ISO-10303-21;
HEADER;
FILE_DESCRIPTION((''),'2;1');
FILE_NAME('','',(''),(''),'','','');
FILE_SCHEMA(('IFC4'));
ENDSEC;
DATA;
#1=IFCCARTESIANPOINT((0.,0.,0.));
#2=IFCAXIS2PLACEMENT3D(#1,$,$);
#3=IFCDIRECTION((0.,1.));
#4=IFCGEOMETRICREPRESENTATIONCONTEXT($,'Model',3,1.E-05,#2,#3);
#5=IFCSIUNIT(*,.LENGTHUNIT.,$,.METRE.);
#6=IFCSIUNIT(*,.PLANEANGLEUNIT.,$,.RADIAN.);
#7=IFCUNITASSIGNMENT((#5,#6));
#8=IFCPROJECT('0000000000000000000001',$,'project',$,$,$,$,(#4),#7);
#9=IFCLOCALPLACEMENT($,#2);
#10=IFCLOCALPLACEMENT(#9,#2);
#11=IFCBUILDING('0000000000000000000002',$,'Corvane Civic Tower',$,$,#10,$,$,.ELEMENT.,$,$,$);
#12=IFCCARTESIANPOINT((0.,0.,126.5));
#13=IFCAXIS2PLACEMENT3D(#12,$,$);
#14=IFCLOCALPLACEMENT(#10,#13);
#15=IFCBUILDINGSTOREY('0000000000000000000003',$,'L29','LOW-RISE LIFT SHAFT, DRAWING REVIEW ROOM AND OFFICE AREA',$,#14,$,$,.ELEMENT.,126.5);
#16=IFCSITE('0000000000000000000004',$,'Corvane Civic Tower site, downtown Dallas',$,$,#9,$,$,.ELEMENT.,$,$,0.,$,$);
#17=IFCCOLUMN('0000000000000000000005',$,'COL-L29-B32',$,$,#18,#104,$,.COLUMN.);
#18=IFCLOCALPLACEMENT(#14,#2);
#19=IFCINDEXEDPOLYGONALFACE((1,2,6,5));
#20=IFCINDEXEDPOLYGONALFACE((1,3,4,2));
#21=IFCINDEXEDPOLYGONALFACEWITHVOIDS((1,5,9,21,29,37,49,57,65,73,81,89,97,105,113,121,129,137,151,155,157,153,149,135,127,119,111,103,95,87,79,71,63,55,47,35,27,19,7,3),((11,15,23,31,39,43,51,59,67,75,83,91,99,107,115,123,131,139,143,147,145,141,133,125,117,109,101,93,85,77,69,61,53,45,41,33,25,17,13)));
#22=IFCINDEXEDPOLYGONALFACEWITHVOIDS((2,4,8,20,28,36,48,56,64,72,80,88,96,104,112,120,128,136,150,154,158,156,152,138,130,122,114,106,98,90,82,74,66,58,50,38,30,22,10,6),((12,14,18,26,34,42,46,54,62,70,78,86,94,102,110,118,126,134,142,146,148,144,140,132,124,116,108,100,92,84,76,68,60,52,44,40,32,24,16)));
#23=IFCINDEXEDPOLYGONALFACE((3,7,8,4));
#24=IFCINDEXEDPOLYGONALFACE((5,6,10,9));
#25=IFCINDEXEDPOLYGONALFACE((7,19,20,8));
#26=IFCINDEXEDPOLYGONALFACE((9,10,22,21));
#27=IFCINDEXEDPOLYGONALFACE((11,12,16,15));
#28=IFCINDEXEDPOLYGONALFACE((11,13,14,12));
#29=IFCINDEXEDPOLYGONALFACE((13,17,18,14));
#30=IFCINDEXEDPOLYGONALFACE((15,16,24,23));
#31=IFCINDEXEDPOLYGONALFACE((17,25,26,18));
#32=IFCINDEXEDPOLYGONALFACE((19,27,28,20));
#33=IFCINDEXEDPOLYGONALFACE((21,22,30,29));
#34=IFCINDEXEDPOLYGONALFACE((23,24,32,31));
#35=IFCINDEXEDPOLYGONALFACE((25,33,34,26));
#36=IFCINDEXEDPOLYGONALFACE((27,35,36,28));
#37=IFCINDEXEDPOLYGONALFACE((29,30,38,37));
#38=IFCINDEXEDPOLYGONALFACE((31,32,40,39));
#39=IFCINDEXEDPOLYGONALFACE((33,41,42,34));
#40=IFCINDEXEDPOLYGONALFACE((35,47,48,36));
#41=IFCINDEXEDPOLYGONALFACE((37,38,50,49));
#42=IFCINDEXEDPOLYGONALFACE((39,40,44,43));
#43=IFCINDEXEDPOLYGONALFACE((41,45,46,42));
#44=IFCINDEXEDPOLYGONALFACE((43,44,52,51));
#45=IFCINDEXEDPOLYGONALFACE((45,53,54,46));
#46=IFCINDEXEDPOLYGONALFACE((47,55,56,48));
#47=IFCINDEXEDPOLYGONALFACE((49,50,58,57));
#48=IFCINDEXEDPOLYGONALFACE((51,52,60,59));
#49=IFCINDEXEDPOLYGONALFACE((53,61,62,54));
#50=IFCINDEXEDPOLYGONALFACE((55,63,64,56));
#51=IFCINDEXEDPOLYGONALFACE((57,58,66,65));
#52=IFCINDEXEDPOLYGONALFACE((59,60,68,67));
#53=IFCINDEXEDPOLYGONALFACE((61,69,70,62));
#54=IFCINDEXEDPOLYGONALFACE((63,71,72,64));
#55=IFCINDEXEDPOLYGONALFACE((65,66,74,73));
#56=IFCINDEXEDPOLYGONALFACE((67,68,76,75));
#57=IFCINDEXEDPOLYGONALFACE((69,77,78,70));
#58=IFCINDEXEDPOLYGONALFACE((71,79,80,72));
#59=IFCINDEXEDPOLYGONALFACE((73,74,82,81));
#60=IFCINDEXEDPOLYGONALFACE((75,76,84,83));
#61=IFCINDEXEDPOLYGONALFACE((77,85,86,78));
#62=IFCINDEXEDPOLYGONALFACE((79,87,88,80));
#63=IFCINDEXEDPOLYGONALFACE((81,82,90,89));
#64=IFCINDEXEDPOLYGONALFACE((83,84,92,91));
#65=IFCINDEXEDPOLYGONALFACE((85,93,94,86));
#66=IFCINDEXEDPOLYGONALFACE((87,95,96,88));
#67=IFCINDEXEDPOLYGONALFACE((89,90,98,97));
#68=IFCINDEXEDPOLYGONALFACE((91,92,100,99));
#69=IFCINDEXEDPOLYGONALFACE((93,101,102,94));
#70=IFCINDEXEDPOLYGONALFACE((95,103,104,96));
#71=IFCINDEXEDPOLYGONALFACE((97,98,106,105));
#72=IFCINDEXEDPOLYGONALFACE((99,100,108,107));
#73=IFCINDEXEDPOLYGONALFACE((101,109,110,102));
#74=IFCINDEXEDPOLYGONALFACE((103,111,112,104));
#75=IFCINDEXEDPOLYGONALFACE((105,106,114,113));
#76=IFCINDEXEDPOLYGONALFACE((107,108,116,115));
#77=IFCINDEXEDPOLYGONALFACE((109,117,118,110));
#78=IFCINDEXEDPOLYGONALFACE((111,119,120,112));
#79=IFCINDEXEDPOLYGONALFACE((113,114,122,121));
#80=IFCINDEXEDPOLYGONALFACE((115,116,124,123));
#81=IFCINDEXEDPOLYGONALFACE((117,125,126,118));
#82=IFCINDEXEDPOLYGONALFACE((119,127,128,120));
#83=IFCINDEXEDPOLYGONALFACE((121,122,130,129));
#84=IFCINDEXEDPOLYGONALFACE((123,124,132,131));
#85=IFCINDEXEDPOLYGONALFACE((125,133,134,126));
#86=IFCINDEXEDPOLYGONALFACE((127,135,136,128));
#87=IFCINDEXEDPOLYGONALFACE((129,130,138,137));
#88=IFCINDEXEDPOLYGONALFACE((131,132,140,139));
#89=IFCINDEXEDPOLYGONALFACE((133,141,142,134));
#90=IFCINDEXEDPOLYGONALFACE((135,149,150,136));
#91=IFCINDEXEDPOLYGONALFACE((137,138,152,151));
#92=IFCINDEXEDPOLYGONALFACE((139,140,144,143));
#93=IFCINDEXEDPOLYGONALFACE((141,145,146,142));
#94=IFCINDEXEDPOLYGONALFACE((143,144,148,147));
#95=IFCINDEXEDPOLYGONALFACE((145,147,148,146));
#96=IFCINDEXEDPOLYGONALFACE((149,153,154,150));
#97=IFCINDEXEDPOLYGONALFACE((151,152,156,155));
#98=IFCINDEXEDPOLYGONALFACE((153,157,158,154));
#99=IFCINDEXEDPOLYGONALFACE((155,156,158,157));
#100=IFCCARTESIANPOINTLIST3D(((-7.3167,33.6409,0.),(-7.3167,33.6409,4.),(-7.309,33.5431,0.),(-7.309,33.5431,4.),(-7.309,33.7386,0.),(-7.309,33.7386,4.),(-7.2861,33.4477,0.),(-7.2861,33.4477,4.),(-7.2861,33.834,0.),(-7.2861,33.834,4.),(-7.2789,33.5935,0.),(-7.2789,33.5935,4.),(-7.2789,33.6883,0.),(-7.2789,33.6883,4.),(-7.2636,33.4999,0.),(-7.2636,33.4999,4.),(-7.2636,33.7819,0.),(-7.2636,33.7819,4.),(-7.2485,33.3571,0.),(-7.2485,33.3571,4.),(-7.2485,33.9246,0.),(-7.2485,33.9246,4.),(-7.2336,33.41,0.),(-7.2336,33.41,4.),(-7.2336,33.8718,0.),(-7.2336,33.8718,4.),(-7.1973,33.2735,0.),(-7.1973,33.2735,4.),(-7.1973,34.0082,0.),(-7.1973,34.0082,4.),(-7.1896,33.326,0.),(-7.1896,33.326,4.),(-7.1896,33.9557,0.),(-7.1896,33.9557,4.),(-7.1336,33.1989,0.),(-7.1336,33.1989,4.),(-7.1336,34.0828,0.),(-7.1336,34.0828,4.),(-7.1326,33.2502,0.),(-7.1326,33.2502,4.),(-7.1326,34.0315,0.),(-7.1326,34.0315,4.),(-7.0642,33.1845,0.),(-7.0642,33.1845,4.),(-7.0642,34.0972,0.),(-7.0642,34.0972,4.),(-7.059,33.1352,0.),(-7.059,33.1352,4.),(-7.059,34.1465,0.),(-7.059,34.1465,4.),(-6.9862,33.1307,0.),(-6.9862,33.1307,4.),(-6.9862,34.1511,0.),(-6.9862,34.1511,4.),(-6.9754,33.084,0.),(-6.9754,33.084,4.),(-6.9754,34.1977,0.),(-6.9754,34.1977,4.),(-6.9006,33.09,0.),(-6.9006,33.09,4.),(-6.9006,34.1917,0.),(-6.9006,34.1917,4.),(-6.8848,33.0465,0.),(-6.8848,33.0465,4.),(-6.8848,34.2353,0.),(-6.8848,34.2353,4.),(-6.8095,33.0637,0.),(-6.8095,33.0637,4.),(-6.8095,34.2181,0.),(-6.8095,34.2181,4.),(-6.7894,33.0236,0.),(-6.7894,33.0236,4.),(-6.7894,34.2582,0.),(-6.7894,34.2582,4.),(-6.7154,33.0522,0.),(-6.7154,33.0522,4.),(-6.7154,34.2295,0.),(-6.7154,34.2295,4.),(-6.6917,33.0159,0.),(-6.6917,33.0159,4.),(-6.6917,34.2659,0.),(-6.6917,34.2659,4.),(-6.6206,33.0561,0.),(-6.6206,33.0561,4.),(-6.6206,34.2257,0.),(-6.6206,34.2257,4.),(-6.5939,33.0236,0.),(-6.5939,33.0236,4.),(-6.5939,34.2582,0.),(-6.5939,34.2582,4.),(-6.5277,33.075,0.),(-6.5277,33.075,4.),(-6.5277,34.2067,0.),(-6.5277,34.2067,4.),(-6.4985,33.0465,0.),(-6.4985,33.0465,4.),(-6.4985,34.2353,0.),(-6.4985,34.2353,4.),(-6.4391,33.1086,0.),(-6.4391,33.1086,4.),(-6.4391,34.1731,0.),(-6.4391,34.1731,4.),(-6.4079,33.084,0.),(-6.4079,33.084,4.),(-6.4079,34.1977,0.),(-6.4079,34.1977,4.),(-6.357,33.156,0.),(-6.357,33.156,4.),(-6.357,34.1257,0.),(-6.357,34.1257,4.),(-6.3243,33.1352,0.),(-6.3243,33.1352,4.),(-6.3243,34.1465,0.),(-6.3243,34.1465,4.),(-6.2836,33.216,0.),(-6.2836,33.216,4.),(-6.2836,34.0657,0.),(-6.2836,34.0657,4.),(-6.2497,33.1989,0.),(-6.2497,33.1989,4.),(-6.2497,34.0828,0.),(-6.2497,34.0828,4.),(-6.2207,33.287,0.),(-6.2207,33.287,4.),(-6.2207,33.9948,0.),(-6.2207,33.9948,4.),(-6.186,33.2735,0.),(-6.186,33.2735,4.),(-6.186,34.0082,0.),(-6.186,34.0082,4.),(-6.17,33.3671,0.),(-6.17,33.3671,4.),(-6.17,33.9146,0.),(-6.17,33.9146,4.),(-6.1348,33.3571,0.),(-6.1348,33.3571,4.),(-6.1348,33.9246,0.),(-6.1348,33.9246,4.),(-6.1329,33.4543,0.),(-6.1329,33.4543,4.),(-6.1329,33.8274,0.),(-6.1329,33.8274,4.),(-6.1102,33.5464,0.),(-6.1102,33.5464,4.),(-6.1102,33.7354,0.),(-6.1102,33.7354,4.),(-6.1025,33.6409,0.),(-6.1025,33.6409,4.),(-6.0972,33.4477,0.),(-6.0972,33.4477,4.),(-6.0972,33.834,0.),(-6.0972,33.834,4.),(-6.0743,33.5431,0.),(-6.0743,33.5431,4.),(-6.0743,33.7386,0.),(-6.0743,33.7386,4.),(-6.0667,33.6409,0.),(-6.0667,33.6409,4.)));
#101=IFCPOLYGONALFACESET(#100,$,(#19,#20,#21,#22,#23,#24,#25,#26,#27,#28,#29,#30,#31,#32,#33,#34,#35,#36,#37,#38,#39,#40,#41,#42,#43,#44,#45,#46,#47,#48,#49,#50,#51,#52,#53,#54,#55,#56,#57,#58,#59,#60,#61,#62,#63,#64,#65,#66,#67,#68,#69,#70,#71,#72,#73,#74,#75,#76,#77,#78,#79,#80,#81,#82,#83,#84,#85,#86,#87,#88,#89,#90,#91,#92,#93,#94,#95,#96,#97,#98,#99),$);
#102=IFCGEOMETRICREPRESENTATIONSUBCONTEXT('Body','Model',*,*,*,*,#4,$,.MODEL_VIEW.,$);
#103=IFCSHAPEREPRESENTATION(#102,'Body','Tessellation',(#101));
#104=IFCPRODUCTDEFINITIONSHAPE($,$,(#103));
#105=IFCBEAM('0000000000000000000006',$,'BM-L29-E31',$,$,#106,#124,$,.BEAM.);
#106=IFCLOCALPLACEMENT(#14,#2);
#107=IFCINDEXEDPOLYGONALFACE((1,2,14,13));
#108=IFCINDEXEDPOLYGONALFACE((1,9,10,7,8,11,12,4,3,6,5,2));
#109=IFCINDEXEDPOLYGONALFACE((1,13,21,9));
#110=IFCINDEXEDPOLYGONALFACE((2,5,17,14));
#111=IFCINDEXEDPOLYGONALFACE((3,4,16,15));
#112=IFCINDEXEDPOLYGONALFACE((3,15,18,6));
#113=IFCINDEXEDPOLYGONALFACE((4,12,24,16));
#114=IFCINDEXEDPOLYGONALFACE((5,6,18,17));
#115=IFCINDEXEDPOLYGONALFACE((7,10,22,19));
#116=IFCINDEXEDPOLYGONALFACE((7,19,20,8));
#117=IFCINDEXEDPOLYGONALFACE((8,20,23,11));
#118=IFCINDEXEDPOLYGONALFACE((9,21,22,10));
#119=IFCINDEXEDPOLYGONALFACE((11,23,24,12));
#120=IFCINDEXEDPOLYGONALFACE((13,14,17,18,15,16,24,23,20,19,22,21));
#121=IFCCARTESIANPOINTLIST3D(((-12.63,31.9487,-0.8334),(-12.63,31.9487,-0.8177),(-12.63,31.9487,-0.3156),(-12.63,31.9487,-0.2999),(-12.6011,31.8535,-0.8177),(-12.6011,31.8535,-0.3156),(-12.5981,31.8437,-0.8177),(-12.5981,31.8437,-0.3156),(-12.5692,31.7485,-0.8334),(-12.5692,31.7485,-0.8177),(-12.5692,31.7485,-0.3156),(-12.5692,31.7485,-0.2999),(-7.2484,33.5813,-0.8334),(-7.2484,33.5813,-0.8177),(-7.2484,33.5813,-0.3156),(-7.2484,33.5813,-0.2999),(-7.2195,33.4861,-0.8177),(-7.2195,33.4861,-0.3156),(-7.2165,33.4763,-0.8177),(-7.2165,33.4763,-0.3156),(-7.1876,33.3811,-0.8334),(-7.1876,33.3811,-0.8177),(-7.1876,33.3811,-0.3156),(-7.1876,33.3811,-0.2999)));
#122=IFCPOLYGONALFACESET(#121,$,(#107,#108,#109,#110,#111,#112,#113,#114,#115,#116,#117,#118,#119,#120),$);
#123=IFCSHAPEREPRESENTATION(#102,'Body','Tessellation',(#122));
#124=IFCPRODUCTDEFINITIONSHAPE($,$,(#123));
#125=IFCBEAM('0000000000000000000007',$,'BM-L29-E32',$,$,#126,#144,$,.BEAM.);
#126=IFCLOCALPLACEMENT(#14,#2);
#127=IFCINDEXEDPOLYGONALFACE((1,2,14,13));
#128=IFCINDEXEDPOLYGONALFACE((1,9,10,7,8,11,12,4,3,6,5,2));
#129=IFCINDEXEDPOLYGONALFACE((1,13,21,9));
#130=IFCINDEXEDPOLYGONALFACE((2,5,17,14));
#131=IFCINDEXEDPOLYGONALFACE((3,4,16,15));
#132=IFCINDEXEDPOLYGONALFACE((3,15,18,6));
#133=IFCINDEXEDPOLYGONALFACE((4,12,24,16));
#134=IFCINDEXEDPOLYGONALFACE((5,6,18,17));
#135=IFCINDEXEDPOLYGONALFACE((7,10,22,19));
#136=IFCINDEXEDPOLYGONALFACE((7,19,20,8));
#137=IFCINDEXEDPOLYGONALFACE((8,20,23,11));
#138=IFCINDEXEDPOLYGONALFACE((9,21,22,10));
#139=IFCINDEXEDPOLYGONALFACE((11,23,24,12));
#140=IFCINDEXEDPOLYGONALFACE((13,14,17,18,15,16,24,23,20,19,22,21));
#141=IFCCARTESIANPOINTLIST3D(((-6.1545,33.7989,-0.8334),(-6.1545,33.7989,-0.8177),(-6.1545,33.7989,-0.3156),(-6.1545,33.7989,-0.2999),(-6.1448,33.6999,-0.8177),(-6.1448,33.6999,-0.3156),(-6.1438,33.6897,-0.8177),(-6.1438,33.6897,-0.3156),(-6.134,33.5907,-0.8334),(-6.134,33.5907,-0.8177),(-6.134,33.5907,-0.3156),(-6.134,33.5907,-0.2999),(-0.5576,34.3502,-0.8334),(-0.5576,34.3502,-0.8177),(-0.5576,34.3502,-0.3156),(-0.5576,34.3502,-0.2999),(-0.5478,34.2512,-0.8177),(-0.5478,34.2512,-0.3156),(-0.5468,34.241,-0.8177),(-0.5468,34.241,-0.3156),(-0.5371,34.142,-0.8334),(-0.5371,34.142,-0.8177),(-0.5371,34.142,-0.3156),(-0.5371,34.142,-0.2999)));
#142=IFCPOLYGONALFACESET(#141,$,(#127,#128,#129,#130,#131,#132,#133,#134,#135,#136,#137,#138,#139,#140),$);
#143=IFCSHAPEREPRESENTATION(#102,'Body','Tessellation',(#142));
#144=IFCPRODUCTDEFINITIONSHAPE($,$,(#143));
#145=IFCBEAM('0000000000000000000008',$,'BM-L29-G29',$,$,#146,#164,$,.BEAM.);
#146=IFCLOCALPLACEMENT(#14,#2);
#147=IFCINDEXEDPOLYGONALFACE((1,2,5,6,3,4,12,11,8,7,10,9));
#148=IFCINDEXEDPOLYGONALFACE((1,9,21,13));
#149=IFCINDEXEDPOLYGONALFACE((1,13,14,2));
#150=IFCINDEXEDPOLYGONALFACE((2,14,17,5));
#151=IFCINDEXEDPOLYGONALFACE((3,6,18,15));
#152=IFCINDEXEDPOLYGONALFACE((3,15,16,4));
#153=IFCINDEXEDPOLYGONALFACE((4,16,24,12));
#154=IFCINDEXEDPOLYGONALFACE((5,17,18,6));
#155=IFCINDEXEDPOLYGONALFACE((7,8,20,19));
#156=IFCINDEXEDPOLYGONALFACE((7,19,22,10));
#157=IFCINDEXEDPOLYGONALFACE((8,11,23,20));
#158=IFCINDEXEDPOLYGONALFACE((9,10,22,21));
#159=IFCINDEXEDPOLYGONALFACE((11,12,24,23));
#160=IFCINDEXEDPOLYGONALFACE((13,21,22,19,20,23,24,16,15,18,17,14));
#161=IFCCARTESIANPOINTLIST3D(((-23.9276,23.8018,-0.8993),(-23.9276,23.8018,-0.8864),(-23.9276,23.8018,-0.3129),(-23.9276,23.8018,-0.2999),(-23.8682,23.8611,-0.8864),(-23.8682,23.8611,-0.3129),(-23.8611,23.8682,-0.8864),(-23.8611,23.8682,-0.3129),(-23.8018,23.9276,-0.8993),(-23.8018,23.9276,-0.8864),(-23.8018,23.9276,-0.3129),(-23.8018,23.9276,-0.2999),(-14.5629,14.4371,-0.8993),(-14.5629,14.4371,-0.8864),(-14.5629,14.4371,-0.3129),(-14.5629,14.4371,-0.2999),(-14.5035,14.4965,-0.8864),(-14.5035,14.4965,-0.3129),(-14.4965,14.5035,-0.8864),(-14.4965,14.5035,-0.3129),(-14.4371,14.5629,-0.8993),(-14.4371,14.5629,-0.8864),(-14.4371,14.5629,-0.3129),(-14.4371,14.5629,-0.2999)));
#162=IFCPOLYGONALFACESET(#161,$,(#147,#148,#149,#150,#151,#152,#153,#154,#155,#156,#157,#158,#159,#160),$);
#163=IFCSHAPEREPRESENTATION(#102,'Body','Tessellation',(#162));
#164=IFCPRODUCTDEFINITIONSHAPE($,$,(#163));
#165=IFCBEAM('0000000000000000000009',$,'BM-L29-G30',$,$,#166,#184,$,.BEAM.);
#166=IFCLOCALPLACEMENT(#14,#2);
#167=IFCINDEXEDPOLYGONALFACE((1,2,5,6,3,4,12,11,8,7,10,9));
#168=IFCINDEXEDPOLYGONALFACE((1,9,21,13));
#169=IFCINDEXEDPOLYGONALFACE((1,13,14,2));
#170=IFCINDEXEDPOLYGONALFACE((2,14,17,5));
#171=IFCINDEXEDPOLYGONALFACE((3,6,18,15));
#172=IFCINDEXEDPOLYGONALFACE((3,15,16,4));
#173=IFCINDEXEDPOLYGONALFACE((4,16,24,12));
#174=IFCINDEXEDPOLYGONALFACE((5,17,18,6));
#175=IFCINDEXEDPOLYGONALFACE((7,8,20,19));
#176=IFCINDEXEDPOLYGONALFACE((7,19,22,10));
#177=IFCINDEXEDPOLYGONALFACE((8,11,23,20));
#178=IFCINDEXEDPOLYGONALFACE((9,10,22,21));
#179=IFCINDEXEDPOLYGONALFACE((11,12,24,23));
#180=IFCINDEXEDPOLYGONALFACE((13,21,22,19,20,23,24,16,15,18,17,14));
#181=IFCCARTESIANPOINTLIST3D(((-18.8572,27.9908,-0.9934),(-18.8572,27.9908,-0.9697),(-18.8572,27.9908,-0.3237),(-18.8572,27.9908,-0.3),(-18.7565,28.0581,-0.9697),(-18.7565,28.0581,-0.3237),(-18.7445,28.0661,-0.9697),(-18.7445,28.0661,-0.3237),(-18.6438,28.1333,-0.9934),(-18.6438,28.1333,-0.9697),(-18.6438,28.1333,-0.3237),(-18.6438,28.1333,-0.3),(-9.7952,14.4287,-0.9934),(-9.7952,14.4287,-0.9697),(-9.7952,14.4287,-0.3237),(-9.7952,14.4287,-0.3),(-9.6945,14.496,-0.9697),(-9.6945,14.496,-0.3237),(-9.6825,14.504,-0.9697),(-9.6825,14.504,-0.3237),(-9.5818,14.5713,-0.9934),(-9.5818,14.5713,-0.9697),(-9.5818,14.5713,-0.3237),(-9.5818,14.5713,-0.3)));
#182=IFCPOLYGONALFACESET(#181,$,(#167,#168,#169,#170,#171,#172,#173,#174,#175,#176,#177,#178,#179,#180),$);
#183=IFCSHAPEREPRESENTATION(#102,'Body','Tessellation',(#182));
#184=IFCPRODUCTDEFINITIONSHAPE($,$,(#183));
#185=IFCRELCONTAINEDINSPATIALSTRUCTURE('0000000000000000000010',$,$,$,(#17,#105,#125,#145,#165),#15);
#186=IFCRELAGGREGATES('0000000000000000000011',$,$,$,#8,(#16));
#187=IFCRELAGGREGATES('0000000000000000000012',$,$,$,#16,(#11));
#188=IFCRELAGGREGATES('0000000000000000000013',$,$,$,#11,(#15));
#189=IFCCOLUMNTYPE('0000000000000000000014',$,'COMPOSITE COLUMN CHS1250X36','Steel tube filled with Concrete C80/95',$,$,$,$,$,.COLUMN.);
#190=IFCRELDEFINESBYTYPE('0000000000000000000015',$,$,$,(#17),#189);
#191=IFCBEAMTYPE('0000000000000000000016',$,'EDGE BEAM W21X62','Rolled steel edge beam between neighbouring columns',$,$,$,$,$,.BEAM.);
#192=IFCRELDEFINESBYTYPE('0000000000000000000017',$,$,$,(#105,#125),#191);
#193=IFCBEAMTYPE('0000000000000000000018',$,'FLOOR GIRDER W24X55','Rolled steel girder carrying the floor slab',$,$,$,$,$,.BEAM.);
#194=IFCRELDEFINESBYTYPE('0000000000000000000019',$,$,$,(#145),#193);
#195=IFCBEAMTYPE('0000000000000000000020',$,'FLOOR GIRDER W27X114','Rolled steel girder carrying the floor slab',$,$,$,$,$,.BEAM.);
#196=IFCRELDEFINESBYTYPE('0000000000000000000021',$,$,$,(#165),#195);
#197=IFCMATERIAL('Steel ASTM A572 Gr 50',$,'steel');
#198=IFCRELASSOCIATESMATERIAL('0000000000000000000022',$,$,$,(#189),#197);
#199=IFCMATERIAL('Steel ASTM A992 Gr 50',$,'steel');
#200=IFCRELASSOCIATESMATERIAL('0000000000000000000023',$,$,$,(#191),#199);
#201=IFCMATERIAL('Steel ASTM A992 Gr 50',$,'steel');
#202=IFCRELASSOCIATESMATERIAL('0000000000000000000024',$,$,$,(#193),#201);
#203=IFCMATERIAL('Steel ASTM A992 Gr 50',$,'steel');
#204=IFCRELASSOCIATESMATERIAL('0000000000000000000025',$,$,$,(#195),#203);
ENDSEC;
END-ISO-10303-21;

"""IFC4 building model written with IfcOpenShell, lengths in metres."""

from ifc_helpers import new_model, si_unit, direction, frame, origin, origin_2d, place, context, subcontext, project, spatial, hollow_circle, i_section, extrude, material, material_profile, profile_set, type_object, element, save


model = new_model("IFC4")

# Units and contexts
model_context = context("Model", 3, precision=1e-05, world=origin(), true_north=direction((0.0, 1.0)))
body_context = subcontext(model_context, "Body", "Model", "MODEL_VIEW")
ifc_project = project(units=[si_unit("LENGTHUNIT", "METRE"), si_unit("PLANEANGLEUNIT", "RADIAN")], contexts=[model_context])

# Site, building, storey
site_placement = place(None, origin())
site = spatial("IfcSite", under=ifc_project, at=site_placement, Name="Corvane Civic Tower site, downtown Dallas", CompositionType="ELEMENT", RefElevation=0.0)
building_placement = place(site_placement, origin())
building = spatial("IfcBuilding", under=site, at=building_placement, Name="Corvane Civic Tower", CompositionType="ELEMENT")
storey_placement = place(building_placement, frame((0.0, 0.0, 126.5)))
storey = spatial("IfcBuildingStorey", under=building, at=storey_placement, Name="L29", Description="LOW-RISE LIFT SHAFT, DRAWING REVIEW ROOM AND OFFICE AREA", CompositionType="ELEMENT", Elevation=126.5)

# Column
ifc_material_1 = material(Name="Steel ASTM A572 Gr 50", Category="steel")
ifc_material_profile_1 = material_profile(ifc_material_1, hollow_circle(Radius=0.625, WallThickness=0.0359, at=origin_2d()), Name="CHS1250X36")
ifc_profile_set_1 = profile_set([ifc_material_profile_1], Name="Steel ASTM A572 Gr 50")
column_type = type_object("IfcColumnType", Name="COMPOSITE COLUMN CHS1250X36", Description="Steel tube filled with Concrete C80/95", PredefinedType="COLUMN", material=ifc_profile_set_1)
for number, where, z_axis, x_axis, name in (
    (1, (-6.6917, 33.6409, 0.0), (0.0, 0.0, 1.0), (1.0, 0.0, 0.0), "COL-L29-B32"),
):
    element("IfcColumn", number, at=place(storey_placement, frame(where, z_axis=z_axis, x_axis=x_axis)), inside=storey, type_object=column_type, Name=name, PredefinedType="COLUMN", context=body_context, shape_type="SweptSolid", body=[
        extrude(hollow_circle(Radius=0.625, WallThickness=0.0359, at=origin_2d()), origin(), (0.0, 0.0, 1.0), 4.0),
    ])

# Beams
ifc_material_2 = material(Name="Steel ASTM A992 Gr 50", Category="steel")
ifc_material_profile_2 = material_profile(ifc_material_2, i_section(OverallWidth=0.2092, OverallDepth=0.5334, WebThickness=0.0103, FlangeThickness=0.0156, at=origin_2d()), Name="W21X62")
ifc_profile_set_2 = profile_set([ifc_material_profile_2], Name="Steel ASTM A992 Gr 50")
beam_type_1 = type_object("IfcBeamType", Name="EDGE BEAM W21X62", Description="Rolled steel edge beam between neighbouring columns", PredefinedType="BEAM", material=ifc_profile_set_2)
beam_1_placement = place(storey_placement, frame((-12.5996, 31.8486, -0.5667), z_axis=(0.956936, 0.290298, 0.0), x_axis=(-0.290298, 0.956936, 0.0)))
element("IfcBeam", 2, at=beam_1_placement, inside=storey, type_object=beam_type_1, Name="BM-L29-E31", PredefinedType="BEAM", context=body_context, shape_type="SweptSolid", body=[
    extrude(i_section(OverallWidth=0.2092, OverallDepth=0.5334, WebThickness=0.0103, FlangeThickness=0.0156, at=origin_2d()), origin(), (0.0, 0.0, 1.0), 5.6238),
])
beam_2_placement = place(storey_placement, frame((-6.1443, 33.6948, -0.5667), z_axis=(0.995184, 0.098021, 0.0), x_axis=(-0.098021, 0.995184, 0.0)))
element("IfcBeam", 3, at=beam_2_placement, inside=storey, type_object=beam_type_1, Name="BM-L29-E32", PredefinedType="BEAM", context=body_context, shape_type="SweptSolid", body=[
    extrude(i_section(OverallWidth=0.2092, OverallDepth=0.5334, WebThickness=0.0103, FlangeThickness=0.0156, at=origin_2d()), origin(), (0.0, 0.0, 1.0), 5.624),
])
ifc_material_3 = material(Name="Steel ASTM A992 Gr 50", Category="steel")
ifc_material_profile_3 = material_profile(ifc_material_3, i_section(OverallWidth=0.178, OverallDepth=0.5994, WebThickness=0.01, FlangeThickness=0.0129, at=origin_2d()), Name="W24X55")
ifc_profile_set_3 = profile_set([ifc_material_profile_3], Name="Steel ASTM A992 Gr 50")
beam_type_2 = type_object("IfcBeamType", Name="FLOOR GIRDER W24X55", Description="Rolled steel girder carrying the floor slab", PredefinedType="BEAM", material=ifc_profile_set_3)
beam_3_placement = place(storey_placement, frame((-14.5, 14.5, -0.5996), z_axis=(-0.707107, 0.707107, 0.0), x_axis=(-0.707107, -0.707107, 0.0)))
element("IfcBeam", 4, at=beam_3_placement, inside=storey, type_object=beam_type_2, Name="BM-L29-G29", PredefinedType="BEAM", context=body_context, shape_type="SweptSolid", body=[
    extrude(i_section(OverallWidth=0.178, OverallDepth=0.5994, WebThickness=0.01, FlangeThickness=0.0129, at=origin_2d()), origin(), (0.0, 0.0, 1.0), 13.2437),
])
ifc_material_4 = material(Name="Steel ASTM A992 Gr 50", Category="steel")
ifc_material_profile_4 = material_profile(ifc_material_4, i_section(OverallWidth=0.2566, OverallDepth=0.6934, WebThickness=0.0144, FlangeThickness=0.0237, at=origin_2d()), Name="W27X114")
ifc_profile_set_4 = profile_set([ifc_material_profile_4], Name="Steel ASTM A992 Gr 50")
beam_type_3 = type_object("IfcBeamType", Name="FLOOR GIRDER W27X114", Description="Rolled steel girder carrying the floor slab", PredefinedType="BEAM", material=ifc_profile_set_4)
beam_4_placement = place(storey_placement, frame((-9.6885, 14.5, -0.6467), z_axis=(-0.555577, 0.831465, 0.0), x_axis=(-0.831465, -0.555577, 0.0)))
element("IfcBeam", 5, at=beam_4_placement, inside=storey, type_object=beam_type_3, Name="BM-L29-G30", PredefinedType="BEAM", context=body_context, shape_type="SweptSolid", body=[
    extrude(i_section(OverallWidth=0.2566, OverallDepth=0.6934, WebThickness=0.0144, FlangeThickness=0.0237, at=origin_2d()), origin(), (0.0, 0.0, 1.0), 16.311),
])

save(model, "model.ifc")
